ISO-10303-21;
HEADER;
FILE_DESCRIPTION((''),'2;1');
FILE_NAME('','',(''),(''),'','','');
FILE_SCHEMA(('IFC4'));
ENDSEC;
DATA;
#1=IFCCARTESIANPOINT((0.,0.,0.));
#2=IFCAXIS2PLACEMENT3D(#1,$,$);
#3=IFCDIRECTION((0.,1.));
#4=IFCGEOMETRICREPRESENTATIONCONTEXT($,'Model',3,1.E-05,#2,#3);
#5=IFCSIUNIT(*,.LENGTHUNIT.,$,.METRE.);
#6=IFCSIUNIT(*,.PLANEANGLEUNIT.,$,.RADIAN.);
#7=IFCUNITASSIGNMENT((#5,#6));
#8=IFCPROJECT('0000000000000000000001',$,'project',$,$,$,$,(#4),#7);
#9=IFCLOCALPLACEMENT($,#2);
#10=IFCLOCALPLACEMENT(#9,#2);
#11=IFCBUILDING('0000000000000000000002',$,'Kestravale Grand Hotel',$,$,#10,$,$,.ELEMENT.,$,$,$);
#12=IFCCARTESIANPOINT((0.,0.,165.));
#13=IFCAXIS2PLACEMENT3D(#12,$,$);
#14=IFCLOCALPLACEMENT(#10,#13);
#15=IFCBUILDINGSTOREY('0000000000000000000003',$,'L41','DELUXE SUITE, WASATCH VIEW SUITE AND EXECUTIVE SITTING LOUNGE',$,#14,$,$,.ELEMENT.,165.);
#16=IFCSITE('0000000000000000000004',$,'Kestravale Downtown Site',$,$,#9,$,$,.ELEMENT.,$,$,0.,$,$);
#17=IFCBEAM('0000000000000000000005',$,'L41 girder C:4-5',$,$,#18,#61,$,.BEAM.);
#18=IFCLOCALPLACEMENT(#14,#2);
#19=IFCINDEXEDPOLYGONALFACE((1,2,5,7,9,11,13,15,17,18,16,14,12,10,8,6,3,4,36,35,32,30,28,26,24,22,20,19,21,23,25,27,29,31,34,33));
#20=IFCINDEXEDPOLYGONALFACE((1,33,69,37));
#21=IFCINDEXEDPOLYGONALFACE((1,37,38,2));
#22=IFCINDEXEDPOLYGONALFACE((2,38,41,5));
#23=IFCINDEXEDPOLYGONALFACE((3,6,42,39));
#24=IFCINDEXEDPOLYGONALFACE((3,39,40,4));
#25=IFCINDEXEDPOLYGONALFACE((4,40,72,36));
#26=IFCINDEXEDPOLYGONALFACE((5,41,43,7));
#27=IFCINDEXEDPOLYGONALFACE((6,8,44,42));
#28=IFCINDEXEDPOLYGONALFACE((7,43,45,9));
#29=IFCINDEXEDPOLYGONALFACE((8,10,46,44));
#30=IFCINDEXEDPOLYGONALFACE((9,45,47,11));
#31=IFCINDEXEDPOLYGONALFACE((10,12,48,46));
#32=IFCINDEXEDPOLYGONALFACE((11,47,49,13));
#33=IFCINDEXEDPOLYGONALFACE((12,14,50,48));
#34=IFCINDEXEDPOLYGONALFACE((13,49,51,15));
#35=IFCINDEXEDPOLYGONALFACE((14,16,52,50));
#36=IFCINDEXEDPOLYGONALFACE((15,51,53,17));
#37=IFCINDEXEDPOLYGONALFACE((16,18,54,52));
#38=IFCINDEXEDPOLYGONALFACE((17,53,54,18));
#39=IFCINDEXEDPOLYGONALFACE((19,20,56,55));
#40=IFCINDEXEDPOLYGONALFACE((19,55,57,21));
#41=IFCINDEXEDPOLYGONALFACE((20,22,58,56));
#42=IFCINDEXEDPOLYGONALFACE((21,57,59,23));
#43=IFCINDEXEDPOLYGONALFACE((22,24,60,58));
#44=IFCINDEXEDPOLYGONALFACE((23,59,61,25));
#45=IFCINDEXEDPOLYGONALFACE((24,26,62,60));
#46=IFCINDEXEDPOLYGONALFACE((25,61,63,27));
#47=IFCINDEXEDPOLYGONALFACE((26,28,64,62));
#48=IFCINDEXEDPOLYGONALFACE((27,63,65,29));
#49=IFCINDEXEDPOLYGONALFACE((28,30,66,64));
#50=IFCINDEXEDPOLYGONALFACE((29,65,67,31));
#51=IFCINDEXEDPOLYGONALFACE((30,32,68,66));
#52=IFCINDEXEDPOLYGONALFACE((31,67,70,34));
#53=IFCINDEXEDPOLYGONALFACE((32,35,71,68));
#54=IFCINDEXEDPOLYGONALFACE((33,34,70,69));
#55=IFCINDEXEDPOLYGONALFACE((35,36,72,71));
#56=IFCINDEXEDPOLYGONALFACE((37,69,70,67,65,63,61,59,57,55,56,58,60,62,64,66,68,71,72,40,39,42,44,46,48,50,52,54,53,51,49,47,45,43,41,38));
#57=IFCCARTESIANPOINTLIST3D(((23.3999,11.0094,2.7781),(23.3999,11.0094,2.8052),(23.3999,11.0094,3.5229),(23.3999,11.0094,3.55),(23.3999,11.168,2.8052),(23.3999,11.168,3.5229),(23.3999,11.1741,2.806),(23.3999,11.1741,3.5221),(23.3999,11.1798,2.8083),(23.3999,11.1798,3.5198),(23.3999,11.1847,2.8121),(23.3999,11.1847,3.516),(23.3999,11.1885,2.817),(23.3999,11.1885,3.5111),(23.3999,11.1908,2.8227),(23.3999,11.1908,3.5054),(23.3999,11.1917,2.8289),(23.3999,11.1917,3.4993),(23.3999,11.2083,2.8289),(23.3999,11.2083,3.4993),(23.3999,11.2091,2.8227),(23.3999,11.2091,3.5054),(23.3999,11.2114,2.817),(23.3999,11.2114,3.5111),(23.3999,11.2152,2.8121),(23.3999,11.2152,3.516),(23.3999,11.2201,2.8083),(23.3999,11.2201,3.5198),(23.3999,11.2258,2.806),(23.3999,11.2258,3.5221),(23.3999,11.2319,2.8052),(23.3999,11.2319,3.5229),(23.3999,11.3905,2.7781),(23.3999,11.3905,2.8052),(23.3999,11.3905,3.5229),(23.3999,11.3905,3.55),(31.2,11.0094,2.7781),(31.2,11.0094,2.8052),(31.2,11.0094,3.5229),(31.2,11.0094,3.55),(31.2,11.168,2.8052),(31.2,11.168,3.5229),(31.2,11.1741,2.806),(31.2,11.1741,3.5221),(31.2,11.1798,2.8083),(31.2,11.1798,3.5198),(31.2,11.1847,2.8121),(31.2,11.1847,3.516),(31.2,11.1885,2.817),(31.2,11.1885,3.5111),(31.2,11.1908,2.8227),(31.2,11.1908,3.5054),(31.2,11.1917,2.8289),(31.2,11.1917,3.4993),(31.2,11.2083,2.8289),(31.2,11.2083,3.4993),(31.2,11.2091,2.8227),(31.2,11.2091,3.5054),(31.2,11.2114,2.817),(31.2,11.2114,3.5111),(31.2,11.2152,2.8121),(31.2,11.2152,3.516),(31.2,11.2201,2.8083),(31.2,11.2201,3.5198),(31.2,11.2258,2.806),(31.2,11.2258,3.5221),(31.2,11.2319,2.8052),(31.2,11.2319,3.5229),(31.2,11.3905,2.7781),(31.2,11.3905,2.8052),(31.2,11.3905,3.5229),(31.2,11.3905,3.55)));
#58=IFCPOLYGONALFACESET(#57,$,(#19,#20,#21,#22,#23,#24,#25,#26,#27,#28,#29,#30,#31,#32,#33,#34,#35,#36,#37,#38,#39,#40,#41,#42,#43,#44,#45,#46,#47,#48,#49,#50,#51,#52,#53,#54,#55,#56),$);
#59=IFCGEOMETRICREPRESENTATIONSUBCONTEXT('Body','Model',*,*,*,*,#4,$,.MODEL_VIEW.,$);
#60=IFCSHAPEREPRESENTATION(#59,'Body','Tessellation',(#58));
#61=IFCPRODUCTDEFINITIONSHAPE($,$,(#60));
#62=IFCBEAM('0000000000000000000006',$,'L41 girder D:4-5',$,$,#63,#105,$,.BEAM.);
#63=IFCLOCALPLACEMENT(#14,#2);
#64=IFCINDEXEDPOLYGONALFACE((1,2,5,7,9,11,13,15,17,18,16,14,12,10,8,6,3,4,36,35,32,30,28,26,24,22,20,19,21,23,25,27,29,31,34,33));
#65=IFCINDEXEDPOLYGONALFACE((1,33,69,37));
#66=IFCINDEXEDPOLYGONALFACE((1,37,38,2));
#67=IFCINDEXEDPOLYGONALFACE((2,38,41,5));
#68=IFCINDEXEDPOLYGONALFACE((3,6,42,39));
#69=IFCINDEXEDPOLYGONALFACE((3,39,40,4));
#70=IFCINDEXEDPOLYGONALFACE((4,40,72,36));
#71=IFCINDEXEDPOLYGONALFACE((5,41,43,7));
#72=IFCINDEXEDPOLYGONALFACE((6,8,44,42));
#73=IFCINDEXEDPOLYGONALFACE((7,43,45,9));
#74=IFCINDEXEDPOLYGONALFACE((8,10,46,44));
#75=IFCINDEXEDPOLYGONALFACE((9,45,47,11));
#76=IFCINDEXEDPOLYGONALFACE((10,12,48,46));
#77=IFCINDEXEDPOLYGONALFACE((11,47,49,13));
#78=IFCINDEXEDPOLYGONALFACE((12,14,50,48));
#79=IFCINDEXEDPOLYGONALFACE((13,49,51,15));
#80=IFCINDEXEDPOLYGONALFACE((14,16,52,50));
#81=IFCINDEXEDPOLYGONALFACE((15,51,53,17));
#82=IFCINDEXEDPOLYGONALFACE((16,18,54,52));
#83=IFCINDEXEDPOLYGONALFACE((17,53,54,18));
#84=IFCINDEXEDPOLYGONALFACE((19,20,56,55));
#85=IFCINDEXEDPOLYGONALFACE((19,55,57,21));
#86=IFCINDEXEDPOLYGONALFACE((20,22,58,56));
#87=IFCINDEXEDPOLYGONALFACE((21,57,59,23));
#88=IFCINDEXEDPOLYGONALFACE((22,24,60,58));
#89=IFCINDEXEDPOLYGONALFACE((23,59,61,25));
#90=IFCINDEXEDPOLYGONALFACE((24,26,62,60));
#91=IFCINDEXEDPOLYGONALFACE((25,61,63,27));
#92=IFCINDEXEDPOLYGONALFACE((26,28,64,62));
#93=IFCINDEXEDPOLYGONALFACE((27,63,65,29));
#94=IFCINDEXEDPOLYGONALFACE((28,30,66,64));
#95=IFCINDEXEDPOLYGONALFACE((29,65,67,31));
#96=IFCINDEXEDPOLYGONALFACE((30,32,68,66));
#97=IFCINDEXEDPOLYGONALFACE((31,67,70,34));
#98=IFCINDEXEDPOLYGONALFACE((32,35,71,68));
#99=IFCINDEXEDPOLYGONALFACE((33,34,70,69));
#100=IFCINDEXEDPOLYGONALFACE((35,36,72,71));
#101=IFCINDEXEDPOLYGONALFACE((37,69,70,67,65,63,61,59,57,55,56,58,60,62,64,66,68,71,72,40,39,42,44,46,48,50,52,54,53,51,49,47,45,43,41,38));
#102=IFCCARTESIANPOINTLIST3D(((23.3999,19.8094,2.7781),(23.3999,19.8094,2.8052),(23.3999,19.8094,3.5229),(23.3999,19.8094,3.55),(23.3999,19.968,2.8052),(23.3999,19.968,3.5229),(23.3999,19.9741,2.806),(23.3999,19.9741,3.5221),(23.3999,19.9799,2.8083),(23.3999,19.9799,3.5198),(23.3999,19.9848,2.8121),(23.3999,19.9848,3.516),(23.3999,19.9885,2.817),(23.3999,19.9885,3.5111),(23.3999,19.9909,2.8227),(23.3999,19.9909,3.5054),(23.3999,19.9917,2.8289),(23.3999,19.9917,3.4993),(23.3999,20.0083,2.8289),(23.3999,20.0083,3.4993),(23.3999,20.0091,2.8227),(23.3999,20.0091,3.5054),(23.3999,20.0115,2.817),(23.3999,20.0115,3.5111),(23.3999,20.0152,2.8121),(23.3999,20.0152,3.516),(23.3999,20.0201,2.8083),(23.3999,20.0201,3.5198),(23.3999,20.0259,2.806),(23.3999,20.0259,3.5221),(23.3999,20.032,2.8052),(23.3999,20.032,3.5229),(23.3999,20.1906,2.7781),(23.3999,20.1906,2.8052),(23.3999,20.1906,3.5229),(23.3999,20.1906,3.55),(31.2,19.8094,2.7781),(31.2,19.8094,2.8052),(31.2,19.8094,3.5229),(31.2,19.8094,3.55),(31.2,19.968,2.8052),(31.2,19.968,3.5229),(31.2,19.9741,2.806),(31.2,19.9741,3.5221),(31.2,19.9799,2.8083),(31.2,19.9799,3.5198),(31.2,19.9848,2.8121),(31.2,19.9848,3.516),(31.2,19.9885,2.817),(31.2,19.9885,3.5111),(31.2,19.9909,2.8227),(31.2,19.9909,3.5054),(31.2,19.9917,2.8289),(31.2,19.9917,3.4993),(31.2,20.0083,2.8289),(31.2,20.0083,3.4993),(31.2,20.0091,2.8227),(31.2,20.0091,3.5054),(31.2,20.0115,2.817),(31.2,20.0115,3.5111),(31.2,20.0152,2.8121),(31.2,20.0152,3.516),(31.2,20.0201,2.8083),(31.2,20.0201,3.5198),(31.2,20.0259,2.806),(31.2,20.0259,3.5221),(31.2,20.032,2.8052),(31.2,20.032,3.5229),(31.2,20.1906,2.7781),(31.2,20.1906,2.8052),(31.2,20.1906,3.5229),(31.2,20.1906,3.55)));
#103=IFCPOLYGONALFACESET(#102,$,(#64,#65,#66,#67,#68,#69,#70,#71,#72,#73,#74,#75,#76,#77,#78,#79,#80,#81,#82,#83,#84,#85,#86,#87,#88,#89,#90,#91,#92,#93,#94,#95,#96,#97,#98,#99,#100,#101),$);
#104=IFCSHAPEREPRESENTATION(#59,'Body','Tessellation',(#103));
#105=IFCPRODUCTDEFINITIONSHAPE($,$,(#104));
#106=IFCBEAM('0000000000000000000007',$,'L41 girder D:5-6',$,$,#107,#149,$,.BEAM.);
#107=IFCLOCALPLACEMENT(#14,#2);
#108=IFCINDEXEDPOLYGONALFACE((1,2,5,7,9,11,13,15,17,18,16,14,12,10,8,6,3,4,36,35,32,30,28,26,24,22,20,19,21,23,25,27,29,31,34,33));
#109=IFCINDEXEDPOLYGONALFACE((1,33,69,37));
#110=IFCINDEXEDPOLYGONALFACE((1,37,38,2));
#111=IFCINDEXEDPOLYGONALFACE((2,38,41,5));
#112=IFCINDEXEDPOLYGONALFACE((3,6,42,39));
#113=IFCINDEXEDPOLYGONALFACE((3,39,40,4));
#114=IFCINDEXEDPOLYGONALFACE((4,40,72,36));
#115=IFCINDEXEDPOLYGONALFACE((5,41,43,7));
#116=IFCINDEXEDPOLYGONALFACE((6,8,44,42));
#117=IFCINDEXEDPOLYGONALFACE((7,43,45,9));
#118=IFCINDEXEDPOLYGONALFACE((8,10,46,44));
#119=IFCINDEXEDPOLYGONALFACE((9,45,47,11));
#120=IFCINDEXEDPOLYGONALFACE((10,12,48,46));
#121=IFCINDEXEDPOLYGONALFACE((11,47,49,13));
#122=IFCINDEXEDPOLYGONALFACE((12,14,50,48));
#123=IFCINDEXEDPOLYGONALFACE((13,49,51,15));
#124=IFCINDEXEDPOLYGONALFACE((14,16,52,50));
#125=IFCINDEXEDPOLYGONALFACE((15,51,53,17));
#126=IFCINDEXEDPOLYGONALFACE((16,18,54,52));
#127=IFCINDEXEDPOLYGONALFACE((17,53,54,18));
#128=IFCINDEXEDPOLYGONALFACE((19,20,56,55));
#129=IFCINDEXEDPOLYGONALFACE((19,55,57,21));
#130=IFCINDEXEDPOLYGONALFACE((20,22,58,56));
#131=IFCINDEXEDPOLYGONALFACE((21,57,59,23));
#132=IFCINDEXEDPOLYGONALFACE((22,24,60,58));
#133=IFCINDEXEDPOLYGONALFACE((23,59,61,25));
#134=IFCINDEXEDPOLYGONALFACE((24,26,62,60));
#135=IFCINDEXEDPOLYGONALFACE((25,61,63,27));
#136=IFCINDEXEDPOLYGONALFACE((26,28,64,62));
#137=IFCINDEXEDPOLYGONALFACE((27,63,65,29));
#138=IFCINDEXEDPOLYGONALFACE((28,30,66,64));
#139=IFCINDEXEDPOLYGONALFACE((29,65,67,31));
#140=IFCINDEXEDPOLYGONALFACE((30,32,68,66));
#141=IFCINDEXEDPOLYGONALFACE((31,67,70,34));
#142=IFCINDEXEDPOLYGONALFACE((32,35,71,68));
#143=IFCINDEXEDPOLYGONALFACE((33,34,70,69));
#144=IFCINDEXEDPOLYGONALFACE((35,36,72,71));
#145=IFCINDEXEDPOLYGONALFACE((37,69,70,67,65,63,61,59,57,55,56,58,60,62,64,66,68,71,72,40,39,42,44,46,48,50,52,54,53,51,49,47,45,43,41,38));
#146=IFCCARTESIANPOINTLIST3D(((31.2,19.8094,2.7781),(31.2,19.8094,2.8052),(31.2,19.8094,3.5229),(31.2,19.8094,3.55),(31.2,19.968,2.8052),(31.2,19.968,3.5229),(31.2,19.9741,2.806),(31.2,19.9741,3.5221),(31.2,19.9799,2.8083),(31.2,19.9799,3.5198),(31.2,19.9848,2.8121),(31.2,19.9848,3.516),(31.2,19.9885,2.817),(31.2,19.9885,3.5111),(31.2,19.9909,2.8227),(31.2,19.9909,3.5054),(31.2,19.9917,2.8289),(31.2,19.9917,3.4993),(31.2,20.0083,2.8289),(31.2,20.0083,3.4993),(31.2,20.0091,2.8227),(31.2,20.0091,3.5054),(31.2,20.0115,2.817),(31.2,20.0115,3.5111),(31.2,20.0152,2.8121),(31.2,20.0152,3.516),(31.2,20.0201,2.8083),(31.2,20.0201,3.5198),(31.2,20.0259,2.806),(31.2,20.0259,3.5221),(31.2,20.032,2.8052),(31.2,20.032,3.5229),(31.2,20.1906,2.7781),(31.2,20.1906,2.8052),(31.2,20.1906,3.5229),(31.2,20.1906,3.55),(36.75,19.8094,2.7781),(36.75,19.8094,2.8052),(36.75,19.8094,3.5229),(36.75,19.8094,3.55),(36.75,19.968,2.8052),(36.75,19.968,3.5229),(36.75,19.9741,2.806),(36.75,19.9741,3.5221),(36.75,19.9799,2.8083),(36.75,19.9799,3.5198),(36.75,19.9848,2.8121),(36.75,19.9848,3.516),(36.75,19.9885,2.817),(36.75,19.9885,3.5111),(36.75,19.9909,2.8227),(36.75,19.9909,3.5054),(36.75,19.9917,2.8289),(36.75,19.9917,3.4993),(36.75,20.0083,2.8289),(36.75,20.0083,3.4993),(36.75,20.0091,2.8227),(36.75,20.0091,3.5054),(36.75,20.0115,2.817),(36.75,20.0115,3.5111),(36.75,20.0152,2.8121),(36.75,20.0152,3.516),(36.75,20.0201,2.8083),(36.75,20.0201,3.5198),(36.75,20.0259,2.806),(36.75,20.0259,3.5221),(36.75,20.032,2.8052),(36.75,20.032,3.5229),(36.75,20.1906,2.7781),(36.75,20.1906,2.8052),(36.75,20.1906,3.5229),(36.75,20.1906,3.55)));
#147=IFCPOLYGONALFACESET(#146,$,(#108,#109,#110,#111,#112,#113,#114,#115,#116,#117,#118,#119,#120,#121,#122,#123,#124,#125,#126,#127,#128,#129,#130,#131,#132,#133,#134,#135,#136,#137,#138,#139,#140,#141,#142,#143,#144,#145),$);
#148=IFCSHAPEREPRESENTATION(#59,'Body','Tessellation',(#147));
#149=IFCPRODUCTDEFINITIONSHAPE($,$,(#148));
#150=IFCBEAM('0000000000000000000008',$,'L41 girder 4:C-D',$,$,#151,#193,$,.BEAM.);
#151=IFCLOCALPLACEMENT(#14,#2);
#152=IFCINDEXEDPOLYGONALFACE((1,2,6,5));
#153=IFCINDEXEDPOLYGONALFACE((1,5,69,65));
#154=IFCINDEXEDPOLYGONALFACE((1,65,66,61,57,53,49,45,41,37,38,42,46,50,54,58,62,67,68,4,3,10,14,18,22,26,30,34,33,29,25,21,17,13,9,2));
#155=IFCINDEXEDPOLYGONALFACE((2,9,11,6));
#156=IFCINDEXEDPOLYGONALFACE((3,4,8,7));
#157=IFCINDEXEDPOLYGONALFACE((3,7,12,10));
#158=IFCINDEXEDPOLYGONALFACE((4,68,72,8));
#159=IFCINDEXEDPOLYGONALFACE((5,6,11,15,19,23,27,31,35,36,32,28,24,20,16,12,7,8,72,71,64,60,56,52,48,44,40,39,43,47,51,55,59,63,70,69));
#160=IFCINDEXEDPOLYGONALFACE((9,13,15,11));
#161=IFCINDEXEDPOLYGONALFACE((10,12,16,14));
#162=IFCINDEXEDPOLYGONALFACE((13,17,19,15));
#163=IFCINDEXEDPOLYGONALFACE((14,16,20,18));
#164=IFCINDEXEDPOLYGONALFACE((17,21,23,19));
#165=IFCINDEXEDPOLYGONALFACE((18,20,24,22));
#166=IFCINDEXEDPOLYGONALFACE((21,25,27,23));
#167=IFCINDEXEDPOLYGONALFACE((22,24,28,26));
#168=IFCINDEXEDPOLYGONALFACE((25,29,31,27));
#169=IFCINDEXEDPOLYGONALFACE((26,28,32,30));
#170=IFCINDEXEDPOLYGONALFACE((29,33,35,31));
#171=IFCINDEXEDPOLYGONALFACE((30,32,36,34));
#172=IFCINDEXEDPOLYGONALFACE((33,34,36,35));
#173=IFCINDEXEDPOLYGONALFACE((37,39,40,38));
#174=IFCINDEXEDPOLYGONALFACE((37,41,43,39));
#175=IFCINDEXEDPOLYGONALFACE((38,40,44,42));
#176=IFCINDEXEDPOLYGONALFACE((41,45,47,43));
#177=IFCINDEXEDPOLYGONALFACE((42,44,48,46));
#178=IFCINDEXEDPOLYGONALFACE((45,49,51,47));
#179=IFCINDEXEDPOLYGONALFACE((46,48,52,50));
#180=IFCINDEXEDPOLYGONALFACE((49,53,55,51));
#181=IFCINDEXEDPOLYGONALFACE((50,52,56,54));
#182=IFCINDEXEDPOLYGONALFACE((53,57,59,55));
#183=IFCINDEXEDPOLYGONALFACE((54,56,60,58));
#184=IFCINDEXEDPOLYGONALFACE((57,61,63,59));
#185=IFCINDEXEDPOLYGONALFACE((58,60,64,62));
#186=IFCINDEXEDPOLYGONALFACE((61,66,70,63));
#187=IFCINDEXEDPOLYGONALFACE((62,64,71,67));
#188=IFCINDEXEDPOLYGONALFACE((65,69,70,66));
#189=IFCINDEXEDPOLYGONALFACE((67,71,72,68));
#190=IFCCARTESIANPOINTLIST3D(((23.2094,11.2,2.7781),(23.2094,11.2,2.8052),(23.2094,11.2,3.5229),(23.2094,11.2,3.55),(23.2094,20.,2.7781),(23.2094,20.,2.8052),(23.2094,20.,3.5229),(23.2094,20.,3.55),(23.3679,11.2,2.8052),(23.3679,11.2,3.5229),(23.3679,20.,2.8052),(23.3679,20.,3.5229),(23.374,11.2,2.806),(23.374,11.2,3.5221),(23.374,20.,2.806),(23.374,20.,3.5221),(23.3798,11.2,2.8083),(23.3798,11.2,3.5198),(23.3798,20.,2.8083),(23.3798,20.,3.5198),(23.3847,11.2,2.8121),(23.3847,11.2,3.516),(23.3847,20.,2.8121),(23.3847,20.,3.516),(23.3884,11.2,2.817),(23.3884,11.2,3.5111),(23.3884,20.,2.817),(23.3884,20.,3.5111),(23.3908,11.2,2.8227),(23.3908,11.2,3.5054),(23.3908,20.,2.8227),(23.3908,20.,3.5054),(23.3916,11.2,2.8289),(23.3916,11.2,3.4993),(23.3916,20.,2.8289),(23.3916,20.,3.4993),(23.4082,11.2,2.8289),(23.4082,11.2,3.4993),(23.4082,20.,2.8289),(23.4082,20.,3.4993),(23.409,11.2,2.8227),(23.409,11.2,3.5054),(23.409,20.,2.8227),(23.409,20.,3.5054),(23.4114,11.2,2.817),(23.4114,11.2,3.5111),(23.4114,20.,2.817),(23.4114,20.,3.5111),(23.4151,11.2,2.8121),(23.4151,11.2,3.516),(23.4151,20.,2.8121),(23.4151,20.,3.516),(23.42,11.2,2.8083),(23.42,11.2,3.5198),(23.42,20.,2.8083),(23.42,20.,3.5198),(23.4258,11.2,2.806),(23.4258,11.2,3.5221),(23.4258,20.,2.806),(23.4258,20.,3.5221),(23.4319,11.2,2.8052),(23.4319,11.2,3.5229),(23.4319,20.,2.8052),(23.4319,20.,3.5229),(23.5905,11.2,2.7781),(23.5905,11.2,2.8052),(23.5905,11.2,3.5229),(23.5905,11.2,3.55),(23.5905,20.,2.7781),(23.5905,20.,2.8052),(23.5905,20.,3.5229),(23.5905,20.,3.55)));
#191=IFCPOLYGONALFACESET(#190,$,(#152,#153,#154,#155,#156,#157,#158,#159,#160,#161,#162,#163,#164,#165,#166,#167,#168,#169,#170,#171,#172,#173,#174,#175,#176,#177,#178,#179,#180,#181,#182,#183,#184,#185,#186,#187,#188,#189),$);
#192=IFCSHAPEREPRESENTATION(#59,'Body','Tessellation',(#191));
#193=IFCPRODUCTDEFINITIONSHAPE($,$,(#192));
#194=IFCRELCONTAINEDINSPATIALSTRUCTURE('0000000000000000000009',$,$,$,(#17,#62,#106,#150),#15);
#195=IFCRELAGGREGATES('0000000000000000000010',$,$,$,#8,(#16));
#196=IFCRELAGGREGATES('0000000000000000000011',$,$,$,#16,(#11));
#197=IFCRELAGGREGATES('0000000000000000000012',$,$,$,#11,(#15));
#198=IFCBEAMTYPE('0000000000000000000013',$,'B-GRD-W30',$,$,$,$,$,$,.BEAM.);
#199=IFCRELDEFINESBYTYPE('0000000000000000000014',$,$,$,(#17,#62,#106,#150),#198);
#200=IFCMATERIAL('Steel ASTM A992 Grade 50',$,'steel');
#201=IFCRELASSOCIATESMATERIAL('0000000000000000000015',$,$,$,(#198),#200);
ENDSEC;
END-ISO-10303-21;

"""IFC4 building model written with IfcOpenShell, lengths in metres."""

from ifc_helpers import new_model, si_unit, direction, frame, origin, origin_2d, place, context, subcontext, project, spatial, i_section, extrude, material, material_profile, profile_set, type_object, element, save


model = new_model("IFC4")

# Units and contexts
model_context = context("Model", 3, precision=1e-05, world=origin(), true_north=direction((0.0, 1.0)))
body_context = subcontext(model_context, "Body", "Model", "MODEL_VIEW")
ifc_project = project(units=[si_unit("LENGTHUNIT", "METRE"), si_unit("PLANEANGLEUNIT", "RADIAN")], contexts=[model_context])

# Site, building, storey
site_placement = place(None, origin())
site = spatial("IfcSite", under=ifc_project, at=site_placement, Name="Kestravale Downtown Site", CompositionType="ELEMENT", RefElevation=0.0)
building_placement = place(site_placement, origin())
building = spatial("IfcBuilding", under=site, at=building_placement, Name="Kestravale Grand Hotel", CompositionType="ELEMENT")
storey_placement = place(building_placement, frame((0.0, 0.0, 165.0)))
storey = spatial("IfcBuildingStorey", under=building, at=storey_placement, Name="L41", Description="DELUXE SUITE, WASATCH VIEW SUITE AND EXECUTIVE SITTING LOUNGE", CompositionType="ELEMENT", Elevation=165.0)

# Beams
ifc_material_1 = material(Name="Steel ASTM A992 Grade 50", Category="steel")
ifc_material_profile_1 = material_profile(ifc_material_1, i_section(OverallWidth=0.3811, OverallDepth=0.772, WebThickness=0.0166, FlangeThickness=0.0271, FilletRadius=0.0237, at=origin_2d()))
ifc_profile_set_1 = profile_set([ifc_material_profile_1], Name="Steel ASTM A992 Grade 50")
beam_type_1 = type_object("IfcBeamType", Name="B-GRD-W30", PredefinedType="BEAM", material=ifc_profile_set_1)
for number, where, z_axis, x_axis, name in (
    (1, (23.3999, 11.2, 3.1641), (1.0, 0.0, 0.0), (0.0, 1.0, 0.0), "L41 girder C:4-5"),
    (2, (23.3999, 20.0, 3.1641), (1.0, 0.0, 0.0), (0.0, 1.0, 0.0), "L41 girder D:4-5"),
):
    element("IfcBeam", number, at=place(storey_placement, frame(where, z_axis=z_axis, x_axis=x_axis)), inside=storey, type_object=beam_type_1, Name=name, PredefinedType="BEAM", context=body_context, shape_type="SweptSolid", body=[
        extrude(i_section(OverallWidth=0.3811, OverallDepth=0.772, WebThickness=0.0166, FlangeThickness=0.0271, FilletRadius=0.0237, at=origin_2d()), origin(), (0.0, 0.0, 1.0), 7.8),
    ])
beam_1_placement = place(storey_placement, frame((31.2, 20.0, 3.1641), z_axis=(1.0, 0.0, 0.0), x_axis=(0.0, 1.0, 0.0)))
element("IfcBeam", 3, at=beam_1_placement, inside=storey, type_object=beam_type_1, Name="L41 girder D:5-6", PredefinedType="BEAM", context=body_context, shape_type="SweptSolid", body=[
    extrude(i_section(OverallWidth=0.3811, OverallDepth=0.772, WebThickness=0.0166, FlangeThickness=0.0271, FilletRadius=0.0237, at=origin_2d()), origin(), (0.0, 0.0, 1.0), 5.55),
])
beam_2_placement = place(storey_placement, frame((23.3999, 11.2, 3.1641), z_axis=(0.0, 1.0, 0.0), x_axis=(-1.0, 0.0, 0.0)))
element("IfcBeam", 4, at=beam_2_placement, inside=storey, type_object=beam_type_1, Name="L41 girder 4:C-D", PredefinedType="BEAM", context=body_context, shape_type="SweptSolid", body=[
    extrude(i_section(OverallWidth=0.3811, OverallDepth=0.772, WebThickness=0.0166, FlangeThickness=0.0271, FilletRadius=0.0237, at=origin_2d()), origin(), (0.0, 0.0, 1.0), 8.8),
])

save(model, "model.ifc")
